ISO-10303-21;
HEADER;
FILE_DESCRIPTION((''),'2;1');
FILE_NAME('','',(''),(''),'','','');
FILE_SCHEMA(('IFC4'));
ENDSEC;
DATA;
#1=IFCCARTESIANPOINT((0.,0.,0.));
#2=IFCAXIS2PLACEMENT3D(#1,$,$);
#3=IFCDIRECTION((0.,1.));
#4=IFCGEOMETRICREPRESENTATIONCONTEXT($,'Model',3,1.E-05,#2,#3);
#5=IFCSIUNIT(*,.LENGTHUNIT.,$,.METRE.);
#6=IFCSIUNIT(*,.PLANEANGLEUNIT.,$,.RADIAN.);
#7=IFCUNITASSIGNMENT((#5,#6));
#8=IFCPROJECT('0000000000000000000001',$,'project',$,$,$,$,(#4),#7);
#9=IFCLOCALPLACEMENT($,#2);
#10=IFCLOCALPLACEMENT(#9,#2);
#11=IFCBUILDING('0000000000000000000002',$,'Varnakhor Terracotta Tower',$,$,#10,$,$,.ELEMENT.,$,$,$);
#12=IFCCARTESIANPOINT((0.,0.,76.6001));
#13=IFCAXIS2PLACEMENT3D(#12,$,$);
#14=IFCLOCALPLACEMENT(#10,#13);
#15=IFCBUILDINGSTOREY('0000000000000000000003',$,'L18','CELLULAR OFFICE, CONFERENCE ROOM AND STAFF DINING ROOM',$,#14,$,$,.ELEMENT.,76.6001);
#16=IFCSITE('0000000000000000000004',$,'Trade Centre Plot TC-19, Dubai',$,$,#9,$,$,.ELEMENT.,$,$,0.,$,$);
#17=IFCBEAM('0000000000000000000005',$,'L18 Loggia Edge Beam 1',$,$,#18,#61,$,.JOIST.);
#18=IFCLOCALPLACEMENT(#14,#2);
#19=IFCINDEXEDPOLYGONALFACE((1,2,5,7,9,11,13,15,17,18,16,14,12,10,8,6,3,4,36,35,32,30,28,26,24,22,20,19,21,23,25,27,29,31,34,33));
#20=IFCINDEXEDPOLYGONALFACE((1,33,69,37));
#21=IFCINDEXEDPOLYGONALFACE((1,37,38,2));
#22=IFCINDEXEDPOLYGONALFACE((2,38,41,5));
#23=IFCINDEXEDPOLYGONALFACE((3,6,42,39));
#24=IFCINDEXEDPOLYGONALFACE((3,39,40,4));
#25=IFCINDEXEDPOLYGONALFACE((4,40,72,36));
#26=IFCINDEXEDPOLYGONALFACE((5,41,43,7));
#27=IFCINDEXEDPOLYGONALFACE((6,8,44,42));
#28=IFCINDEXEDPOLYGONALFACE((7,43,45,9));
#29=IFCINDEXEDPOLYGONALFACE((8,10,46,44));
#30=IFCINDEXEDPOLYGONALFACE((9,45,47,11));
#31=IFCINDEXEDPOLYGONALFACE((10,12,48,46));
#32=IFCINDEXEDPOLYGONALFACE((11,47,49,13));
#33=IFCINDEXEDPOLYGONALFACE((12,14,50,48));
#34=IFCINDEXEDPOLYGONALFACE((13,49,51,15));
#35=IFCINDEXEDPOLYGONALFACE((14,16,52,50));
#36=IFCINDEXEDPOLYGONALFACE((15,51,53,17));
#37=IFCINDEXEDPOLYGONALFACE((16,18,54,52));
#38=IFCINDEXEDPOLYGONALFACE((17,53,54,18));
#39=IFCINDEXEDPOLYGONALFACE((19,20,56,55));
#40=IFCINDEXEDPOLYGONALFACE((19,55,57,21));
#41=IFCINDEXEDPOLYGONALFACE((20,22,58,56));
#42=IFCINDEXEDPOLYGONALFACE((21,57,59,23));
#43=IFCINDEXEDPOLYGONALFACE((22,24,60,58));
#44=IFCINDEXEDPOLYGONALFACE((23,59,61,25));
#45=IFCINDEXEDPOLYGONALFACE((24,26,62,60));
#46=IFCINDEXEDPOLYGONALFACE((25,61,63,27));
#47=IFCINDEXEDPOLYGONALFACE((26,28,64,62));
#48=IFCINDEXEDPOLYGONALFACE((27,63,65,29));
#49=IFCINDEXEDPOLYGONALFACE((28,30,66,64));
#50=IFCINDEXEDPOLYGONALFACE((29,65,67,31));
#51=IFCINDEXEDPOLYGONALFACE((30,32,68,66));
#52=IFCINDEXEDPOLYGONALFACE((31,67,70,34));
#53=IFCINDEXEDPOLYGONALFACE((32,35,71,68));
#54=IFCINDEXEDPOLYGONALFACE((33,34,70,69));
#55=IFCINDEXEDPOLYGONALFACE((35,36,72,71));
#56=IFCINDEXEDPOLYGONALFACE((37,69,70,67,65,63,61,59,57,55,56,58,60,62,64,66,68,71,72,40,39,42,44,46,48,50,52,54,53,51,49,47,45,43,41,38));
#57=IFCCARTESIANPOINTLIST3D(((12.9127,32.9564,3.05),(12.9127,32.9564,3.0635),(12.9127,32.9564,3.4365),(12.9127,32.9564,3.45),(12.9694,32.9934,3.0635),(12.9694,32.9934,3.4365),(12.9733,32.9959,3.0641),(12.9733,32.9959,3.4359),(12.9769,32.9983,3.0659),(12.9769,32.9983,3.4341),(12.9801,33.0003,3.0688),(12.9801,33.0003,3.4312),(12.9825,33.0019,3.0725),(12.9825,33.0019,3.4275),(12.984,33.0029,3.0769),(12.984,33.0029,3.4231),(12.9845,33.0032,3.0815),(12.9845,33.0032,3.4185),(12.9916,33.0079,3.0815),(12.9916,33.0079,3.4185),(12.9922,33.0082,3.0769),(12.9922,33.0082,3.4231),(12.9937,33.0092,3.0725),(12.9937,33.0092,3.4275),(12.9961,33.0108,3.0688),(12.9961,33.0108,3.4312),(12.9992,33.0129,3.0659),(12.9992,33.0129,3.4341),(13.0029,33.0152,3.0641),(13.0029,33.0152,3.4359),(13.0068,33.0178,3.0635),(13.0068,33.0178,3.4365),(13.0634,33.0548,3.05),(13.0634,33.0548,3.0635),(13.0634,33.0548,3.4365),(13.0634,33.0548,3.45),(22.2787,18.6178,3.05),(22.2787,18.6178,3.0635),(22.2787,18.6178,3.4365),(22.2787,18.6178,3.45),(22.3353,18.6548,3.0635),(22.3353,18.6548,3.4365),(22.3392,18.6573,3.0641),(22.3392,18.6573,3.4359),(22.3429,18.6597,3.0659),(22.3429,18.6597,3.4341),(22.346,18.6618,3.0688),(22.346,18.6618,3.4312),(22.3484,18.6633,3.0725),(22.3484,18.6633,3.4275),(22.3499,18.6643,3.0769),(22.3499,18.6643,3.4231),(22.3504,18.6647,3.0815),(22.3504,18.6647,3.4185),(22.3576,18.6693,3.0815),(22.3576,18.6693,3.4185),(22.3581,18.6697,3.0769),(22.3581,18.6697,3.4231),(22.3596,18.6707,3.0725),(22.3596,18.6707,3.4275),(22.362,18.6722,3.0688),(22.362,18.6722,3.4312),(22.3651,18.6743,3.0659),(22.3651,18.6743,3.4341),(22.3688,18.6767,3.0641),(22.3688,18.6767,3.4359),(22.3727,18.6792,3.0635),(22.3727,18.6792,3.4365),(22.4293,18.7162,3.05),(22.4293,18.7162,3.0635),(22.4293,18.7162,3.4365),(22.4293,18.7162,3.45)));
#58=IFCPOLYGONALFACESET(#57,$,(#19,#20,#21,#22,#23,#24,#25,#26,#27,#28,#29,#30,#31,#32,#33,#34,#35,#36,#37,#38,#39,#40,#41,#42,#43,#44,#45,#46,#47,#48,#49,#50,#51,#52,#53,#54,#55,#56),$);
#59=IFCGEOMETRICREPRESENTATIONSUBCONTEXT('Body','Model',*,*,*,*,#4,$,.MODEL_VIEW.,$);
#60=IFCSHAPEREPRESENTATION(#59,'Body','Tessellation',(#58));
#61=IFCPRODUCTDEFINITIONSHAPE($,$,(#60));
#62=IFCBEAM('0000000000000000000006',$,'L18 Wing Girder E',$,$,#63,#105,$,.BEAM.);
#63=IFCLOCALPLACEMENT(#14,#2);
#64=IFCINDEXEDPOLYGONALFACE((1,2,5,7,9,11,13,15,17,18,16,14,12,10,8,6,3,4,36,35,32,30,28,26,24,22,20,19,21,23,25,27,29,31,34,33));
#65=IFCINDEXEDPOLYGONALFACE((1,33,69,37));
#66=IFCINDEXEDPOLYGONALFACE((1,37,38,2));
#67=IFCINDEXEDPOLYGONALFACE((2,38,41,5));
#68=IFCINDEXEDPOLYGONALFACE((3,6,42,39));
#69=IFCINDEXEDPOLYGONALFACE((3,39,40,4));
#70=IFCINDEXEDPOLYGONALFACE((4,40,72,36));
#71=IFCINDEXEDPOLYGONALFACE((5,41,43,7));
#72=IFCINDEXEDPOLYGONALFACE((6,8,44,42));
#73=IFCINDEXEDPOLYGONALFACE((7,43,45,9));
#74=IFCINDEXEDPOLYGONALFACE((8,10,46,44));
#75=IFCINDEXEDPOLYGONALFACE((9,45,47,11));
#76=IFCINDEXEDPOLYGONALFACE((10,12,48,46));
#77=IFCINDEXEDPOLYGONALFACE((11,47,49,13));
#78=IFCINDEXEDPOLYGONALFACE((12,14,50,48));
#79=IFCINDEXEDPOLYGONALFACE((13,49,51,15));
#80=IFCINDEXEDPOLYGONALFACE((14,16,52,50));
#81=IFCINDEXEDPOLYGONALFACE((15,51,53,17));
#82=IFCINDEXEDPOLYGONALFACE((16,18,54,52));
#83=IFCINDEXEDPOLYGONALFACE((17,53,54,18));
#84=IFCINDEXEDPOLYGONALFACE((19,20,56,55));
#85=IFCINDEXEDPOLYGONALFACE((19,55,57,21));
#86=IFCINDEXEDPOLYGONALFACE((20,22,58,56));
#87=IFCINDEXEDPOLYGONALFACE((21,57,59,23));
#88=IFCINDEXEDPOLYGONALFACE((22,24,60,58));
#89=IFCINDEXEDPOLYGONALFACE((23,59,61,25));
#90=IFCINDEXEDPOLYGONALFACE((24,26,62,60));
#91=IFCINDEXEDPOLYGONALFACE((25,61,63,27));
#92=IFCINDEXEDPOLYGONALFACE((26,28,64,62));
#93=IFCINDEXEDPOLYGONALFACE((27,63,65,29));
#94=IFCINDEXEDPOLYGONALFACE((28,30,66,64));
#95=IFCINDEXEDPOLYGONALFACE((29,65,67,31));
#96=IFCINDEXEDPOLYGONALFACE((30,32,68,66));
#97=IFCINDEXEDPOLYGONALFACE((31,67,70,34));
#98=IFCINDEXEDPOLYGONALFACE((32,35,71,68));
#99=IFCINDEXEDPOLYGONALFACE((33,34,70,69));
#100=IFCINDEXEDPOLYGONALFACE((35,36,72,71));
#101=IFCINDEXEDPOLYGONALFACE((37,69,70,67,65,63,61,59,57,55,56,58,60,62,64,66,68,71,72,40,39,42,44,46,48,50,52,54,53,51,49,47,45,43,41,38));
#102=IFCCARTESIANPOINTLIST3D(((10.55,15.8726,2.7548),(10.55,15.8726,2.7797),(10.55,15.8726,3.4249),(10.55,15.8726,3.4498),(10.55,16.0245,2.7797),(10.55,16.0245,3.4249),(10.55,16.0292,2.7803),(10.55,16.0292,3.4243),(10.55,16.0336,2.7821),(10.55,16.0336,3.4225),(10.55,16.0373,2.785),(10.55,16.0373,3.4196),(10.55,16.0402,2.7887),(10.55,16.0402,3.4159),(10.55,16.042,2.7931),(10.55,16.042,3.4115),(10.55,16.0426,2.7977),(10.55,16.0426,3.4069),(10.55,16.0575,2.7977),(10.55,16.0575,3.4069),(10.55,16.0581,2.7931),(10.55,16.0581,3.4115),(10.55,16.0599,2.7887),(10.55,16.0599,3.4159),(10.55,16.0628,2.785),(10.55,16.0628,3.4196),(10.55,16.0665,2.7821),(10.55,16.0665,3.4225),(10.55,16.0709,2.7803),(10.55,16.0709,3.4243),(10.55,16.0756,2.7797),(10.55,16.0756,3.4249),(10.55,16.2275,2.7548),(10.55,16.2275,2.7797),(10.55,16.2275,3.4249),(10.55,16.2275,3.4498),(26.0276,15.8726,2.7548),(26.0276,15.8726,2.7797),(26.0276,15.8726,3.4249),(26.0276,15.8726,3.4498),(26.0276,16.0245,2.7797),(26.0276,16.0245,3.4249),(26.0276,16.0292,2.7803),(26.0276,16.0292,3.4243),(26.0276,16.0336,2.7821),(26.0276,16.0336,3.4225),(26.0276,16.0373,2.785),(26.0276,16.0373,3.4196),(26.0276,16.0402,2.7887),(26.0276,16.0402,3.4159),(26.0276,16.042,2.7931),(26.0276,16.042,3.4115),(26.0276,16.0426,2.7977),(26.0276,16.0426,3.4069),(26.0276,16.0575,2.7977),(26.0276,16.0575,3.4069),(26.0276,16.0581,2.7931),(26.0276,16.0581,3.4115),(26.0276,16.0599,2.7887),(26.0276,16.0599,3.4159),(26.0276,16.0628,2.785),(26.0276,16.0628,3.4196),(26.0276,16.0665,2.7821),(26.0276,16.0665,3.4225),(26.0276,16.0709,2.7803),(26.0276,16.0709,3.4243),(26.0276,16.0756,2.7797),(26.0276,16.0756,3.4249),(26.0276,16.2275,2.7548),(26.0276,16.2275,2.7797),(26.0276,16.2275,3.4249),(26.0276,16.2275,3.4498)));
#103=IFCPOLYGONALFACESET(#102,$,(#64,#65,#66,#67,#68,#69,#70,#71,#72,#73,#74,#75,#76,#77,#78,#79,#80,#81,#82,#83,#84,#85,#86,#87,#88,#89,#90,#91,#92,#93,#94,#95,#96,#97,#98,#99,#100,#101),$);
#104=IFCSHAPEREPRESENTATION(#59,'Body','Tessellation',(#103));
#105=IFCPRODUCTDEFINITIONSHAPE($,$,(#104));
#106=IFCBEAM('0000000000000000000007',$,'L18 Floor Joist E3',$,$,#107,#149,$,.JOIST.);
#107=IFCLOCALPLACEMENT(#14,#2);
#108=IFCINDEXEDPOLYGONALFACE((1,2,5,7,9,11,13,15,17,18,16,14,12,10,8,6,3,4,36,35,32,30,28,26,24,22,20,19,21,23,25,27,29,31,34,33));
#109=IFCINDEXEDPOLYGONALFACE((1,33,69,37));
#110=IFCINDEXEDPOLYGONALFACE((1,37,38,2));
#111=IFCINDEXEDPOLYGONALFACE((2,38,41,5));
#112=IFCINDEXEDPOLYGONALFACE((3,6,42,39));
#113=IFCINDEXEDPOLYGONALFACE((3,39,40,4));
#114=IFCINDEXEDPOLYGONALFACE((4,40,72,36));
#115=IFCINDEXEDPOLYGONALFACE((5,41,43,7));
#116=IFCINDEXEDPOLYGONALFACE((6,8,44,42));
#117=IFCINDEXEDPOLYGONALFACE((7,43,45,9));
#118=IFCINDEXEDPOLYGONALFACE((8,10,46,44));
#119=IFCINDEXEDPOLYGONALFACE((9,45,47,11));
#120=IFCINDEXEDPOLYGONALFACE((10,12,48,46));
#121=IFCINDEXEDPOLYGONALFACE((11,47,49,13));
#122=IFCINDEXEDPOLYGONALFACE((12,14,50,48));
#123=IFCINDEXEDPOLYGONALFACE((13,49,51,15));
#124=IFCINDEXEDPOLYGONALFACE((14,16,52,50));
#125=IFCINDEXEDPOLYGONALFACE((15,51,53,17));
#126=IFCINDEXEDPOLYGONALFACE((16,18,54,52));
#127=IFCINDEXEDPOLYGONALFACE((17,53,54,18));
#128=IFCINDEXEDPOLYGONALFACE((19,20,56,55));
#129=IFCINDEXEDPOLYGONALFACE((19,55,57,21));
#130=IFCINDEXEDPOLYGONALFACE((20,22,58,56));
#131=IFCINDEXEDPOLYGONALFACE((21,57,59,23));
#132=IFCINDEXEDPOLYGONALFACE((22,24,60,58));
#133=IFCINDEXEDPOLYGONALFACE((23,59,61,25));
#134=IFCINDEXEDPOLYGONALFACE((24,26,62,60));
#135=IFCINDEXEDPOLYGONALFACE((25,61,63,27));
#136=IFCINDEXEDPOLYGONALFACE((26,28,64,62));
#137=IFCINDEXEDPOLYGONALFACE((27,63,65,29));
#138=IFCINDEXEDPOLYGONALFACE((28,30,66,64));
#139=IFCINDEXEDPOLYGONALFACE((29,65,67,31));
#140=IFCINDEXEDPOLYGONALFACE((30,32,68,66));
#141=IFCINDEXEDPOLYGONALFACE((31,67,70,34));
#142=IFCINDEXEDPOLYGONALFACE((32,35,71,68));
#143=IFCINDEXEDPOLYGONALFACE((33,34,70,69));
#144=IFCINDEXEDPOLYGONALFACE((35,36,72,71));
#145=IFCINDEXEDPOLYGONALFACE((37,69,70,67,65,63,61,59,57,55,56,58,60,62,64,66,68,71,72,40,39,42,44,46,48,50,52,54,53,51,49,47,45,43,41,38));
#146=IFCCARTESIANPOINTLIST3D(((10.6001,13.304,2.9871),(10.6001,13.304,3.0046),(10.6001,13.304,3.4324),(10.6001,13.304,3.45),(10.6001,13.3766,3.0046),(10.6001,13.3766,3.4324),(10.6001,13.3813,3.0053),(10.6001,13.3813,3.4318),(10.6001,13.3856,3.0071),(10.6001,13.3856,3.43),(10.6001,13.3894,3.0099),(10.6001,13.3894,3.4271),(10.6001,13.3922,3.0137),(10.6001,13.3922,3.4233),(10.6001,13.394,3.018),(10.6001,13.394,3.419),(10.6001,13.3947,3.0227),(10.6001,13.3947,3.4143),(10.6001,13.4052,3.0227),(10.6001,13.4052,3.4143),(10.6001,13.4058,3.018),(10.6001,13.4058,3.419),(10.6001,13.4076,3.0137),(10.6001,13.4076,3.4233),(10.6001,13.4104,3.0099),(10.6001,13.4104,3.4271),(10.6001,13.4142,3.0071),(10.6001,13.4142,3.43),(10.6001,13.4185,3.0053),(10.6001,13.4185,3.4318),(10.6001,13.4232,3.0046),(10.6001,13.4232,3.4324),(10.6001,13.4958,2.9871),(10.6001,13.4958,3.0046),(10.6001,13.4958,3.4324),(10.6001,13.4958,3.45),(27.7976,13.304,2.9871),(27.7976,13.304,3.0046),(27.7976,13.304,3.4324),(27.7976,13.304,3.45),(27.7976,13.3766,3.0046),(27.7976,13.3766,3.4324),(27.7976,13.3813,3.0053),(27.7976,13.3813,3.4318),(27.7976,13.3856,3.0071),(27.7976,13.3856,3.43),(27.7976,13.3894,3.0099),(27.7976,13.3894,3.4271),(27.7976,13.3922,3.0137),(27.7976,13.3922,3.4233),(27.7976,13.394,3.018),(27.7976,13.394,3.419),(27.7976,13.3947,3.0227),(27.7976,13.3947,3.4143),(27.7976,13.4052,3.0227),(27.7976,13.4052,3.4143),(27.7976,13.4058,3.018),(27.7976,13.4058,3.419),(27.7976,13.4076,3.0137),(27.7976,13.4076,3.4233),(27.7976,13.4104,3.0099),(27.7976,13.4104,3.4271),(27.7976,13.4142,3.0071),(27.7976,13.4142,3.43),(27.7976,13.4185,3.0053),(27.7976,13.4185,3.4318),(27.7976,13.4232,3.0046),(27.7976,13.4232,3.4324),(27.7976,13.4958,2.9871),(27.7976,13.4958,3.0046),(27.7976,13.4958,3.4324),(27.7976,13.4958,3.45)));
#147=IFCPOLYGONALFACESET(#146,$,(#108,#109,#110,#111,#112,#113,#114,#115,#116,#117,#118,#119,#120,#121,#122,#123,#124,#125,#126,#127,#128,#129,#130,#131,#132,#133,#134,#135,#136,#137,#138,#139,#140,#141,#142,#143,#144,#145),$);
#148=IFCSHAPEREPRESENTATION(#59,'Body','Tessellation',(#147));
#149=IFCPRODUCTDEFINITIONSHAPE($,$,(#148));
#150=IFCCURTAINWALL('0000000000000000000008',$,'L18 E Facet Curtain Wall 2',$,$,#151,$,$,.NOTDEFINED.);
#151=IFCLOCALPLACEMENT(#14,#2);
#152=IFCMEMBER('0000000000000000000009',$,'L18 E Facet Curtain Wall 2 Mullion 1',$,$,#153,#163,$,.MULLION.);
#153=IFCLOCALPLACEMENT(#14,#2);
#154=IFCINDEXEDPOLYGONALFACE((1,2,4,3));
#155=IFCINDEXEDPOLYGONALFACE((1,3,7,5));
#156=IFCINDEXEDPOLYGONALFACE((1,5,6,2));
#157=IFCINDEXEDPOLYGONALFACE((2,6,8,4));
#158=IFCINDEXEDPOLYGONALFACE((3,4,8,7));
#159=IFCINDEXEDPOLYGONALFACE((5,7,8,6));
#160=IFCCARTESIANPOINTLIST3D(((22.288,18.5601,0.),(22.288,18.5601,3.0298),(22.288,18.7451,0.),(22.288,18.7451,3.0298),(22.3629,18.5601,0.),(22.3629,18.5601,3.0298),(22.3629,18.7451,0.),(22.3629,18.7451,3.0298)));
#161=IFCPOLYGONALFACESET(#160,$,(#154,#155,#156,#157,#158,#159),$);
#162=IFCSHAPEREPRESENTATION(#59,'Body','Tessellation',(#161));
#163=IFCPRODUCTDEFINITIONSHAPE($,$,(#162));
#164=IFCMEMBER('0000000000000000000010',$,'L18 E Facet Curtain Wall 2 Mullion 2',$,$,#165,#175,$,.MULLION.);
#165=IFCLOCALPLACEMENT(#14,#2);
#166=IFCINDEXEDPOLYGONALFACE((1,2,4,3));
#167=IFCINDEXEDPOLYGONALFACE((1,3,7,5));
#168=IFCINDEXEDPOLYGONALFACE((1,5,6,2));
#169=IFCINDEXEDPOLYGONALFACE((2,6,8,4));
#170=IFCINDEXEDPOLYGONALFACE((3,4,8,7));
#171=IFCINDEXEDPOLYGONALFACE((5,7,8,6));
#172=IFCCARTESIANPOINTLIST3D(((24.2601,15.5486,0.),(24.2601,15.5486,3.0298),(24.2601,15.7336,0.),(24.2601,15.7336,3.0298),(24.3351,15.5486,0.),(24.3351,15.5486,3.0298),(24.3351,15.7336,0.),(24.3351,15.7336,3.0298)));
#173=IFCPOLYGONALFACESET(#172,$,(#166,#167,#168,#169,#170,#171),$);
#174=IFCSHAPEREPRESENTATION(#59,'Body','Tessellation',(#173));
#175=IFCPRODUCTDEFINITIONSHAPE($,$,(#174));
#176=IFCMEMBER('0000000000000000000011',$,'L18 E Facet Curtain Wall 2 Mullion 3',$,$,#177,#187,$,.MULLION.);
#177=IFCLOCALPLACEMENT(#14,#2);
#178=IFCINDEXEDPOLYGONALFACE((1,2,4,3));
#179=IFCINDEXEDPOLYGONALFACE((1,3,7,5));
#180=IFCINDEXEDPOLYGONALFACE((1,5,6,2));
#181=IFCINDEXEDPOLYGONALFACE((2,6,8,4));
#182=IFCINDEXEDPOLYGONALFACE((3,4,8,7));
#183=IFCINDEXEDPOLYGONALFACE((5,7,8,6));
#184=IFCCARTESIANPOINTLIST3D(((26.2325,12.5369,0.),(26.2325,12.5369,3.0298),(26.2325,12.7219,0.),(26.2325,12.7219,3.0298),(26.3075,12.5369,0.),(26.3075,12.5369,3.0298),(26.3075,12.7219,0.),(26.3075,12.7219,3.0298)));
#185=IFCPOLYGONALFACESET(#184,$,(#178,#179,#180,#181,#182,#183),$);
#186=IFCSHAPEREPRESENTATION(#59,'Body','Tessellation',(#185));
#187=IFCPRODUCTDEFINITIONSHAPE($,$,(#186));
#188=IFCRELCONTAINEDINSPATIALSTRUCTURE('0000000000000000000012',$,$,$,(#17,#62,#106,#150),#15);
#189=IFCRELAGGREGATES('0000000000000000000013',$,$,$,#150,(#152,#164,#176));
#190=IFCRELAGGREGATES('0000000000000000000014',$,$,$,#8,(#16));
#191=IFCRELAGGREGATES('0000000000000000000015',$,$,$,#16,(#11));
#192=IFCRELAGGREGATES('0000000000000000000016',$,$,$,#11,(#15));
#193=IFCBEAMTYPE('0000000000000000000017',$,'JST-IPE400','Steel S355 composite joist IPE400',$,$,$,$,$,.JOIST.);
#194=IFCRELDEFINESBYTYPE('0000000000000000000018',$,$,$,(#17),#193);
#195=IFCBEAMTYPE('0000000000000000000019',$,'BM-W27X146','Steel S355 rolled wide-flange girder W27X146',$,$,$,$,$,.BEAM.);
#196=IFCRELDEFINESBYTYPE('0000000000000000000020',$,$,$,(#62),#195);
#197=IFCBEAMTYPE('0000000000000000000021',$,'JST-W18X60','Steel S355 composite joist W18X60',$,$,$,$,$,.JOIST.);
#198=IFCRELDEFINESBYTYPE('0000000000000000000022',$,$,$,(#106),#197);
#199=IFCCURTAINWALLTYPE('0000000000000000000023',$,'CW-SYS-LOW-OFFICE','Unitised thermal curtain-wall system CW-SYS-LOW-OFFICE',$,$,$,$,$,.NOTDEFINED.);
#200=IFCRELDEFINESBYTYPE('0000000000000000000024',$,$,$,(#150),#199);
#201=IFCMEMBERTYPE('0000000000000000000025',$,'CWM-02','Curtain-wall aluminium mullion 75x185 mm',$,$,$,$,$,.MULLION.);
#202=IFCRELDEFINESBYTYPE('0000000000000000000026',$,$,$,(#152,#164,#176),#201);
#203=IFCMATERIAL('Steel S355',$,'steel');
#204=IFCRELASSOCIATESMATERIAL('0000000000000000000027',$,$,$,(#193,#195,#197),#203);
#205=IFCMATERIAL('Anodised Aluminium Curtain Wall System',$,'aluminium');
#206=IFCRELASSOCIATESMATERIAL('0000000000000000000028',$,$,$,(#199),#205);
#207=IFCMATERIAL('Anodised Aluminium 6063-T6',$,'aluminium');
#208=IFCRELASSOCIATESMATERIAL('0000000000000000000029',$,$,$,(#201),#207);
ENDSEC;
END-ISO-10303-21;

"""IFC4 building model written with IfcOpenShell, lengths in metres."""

from ifc_helpers import new_model, si_unit, direction, frame, origin, origin_2d, place, context, subcontext, project, spatial, rectangle, i_section, extrude, source, transform, mapped, material, material_profile, profile_set, type_object, element, aggregate, save


model = new_model("IFC4")

# Units and contexts
model_context = context("Model", 3, precision=1e-05, world=origin(), true_north=direction((0.0, 1.0)))
body_context = subcontext(model_context, "Body", "Model", "MODEL_VIEW")
ifc_project = project(units=[si_unit("LENGTHUNIT", "METRE"), si_unit("PLANEANGLEUNIT", "RADIAN")], contexts=[model_context])

# Site, building, storey
site_placement = place(None, origin())
site = spatial("IfcSite", under=ifc_project, at=site_placement, Name="Trade Centre Plot TC-19, Dubai", CompositionType="ELEMENT", RefElevation=0.0)
building_placement = place(site_placement, origin())
building = spatial("IfcBuilding", under=site, at=building_placement, Name="Varnakhor Terracotta Tower", CompositionType="ELEMENT")
storey_placement = place(building_placement, frame((0.0, 0.0, 76.6001)))
storey = spatial("IfcBuildingStorey", under=building, at=storey_placement, Name="L18", Description="CELLULAR OFFICE, CONFERENCE ROOM AND STAFF DINING ROOM", CompositionType="ELEMENT", Elevation=76.6001)

# Beams
ifc_material_1 = material(Name="Steel S355", Category="steel")
ifc_material_profile_1 = material_profile(ifc_material_1, i_section(OverallWidth=0.1799, OverallDepth=0.3999, WebThickness=0.0085, FlangeThickness=0.0134, FilletRadius=0.0181, at=origin_2d()), Name="IPE400")
ifc_profile_set_1 = profile_set([ifc_material_profile_1], Name="Steel S355")
beam_type_1 = type_object("IfcBeamType", Name="JST-IPE400", Description="Steel S355 composite joist IPE400", PredefinedType="JOIST", material=ifc_profile_set_1)
shared_shape_1 = source(origin(), body_context, "Body", "SweptSolid", [
    extrude(i_section(OverallWidth=0.1799, OverallDepth=0.3999, WebThickness=0.0085, FlangeThickness=0.0134, FilletRadius=0.0181, at=origin_2d()), origin(), (0.0, 0.0, 1.0), 17.1265),
])
beam_1_placement = place(storey_placement, frame((22.354, 18.667, 3.25), z_axis=(-0.546869, 0.837218, 0.0), x_axis=(-0.837218, -0.546869, 0.0)))
element("IfcBeam", 1, at=beam_1_placement, inside=storey, type_object=beam_type_1, Name="L18 Loggia Edge Beam 1", PredefinedType="JOIST", context=body_context, shape_type="MappedRepresentation", body=[
    mapped(shared_shape_1, transform((0.0, 0.0, 0.0), scale=1.0)),
])
ifc_material_profile_2 = material_profile(ifc_material_1, i_section(OverallWidth=0.355, OverallDepth=0.6951, WebThickness=0.0149, FlangeThickness=0.0249, FilletRadius=0.0181, at=origin_2d()), Name="W27X146")
ifc_profile_set_2 = profile_set([ifc_material_profile_2], Name="Steel S355")
beam_type_2 = type_object("IfcBeamType", Name="BM-W27X146", Description="Steel S355 rolled wide-flange girder W27X146", PredefinedType="BEAM", material=ifc_profile_set_2)
shared_shape_2 = source(origin(), body_context, "Body", "SweptSolid", [
    extrude(i_section(OverallWidth=0.355, OverallDepth=0.6951, WebThickness=0.0149, FlangeThickness=0.0249, FilletRadius=0.0181, at=origin_2d()), origin(), (0.0, 0.0, 1.0), 15.4775),
])
beam_2_placement = place(storey_placement, frame((10.55, 16.05, 3.1023), z_axis=(1.0, 0.0, 0.0), x_axis=(0.0, 1.0, 0.0)))
element("IfcBeam", 2, at=beam_2_placement, inside=storey, type_object=beam_type_2, Name="L18 Wing Girder E", PredefinedType="BEAM", context=body_context, shape_type="MappedRepresentation", body=[
    mapped(shared_shape_2, transform((0.0, 0.0, 0.0), scale=1.0)),
])
ifc_material_profile_3 = material_profile(ifc_material_1, i_section(OverallWidth=0.1919, OverallDepth=0.4629, WebThickness=0.0105, FlangeThickness=0.0176, FilletRadius=0.0181, at=origin_2d()), Name="W18X60")
ifc_profile_set_3 = profile_set([ifc_material_profile_3], Name="Steel S355")
beam_type_3 = type_object("IfcBeamType", Name="JST-W18X60", Description="Steel S355 composite joist W18X60", PredefinedType="JOIST", material=ifc_profile_set_3)
shared_shape_3 = source(origin(), body_context, "Body", "SweptSolid", [
    extrude(i_section(OverallWidth=0.1919, OverallDepth=0.4629, WebThickness=0.0105, FlangeThickness=0.0176, FilletRadius=0.0181, at=origin_2d()), origin(), (0.0, 0.0, 1.0), 17.1975),
])
beam_3_placement = place(storey_placement, frame((10.6001, 13.3999, 3.2185), z_axis=(1.0, 0.0, 0.0), x_axis=(0.0, 1.0, 0.0)))
element("IfcBeam", 3, at=beam_3_placement, inside=storey, type_object=beam_type_3, Name="L18 Floor Joist E3", PredefinedType="JOIST", context=body_context, shape_type="MappedRepresentation", body=[
    mapped(shared_shape_3, transform((0.0, 0.0, 0.0), scale=1.0)),
])

# Curtain wall, members
ifc_material_2 = material(Name="Anodised Aluminium Curtain Wall System", Category="aluminium")
curtain_wall_type = type_object("IfcCurtainWallType", Name="CW-SYS-LOW-OFFICE", Description="Unitised thermal curtain-wall system CW-SYS-LOW-OFFICE", PredefinedType="NOTDEFINED", material=ifc_material_2)
curtain_wall_placement = place(storey_placement, origin())
curtain_wall = element("IfcCurtainWall", 4, at=curtain_wall_placement, inside=storey, type_object=curtain_wall_type, Name="L18 E Facet Curtain Wall 2", PredefinedType="NOTDEFINED")
ifc_material_3 = material(Name="Anodised Aluminium 6063-T6", Category="aluminium")
ifc_material_profile_4 = material_profile(ifc_material_3, rectangle(XDim=0.075, YDim=0.1851, at=origin_2d()), Name="ALU MULLION 75x185")
ifc_profile_set_4 = profile_set([ifc_material_profile_4], Name="Anodised Aluminium 6063-T6")
member_type_1 = type_object("IfcMemberType", Name="CWM-02", Description="Curtain-wall aluminium mullion 75x185 mm", PredefinedType="MULLION", material=ifc_profile_set_4)
shared_shape_4 = source(origin(), body_context, "Body", "SweptSolid", [
    extrude(rectangle(XDim=0.075, YDim=0.1851, at=origin_2d()), origin(), (0.0, 0.0, 1.0), 3.0298),
])
member_1_placement = place(storey_placement, frame((22.3254, 18.6526, 0.0), z_axis=(0.0, 0.0, 1.0), x_axis=(1.0, 0.0, 0.0)))
member_1 = element("IfcMember", 5, at=member_1_placement, type_object=member_type_1, Name="L18 E Facet Curtain Wall 2 Mullion 1", PredefinedType="MULLION", context=body_context, shape_type="MappedRepresentation", body=[
    mapped(shared_shape_4, transform((0.0, 0.0, 0.0), scale=1.0)),
])
member_2_placement = place(storey_placement, frame((24.2976, 15.6411, 0.0), z_axis=(0.0, 0.0, 1.0), x_axis=(1.0, 0.0, 0.0)))
member_2 = element("IfcMember", 6, at=member_2_placement, type_object=member_type_1, Name="L18 E Facet Curtain Wall 2 Mullion 2", PredefinedType="MULLION", context=body_context, shape_type="MappedRepresentation", body=[
    mapped(shared_shape_4, transform((0.0, 0.0, 0.0), scale=1.0)),
])
member_3_placement = place(storey_placement, frame((26.27, 12.6294, 0.0), z_axis=(0.0, 0.0, 1.0), x_axis=(1.0, 0.0, 0.0)))
member_3 = element("IfcMember", 7, at=member_3_placement, type_object=member_type_1, Name="L18 E Facet Curtain Wall 2 Mullion 3", PredefinedType="MULLION", context=body_context, shape_type="MappedRepresentation", body=[
    mapped(shared_shape_4, transform((0.0, 0.0, 0.0), scale=1.0)),
])

aggregate(curtain_wall, [member_1, member_2, member_3])

save(model, "model.ifc")
